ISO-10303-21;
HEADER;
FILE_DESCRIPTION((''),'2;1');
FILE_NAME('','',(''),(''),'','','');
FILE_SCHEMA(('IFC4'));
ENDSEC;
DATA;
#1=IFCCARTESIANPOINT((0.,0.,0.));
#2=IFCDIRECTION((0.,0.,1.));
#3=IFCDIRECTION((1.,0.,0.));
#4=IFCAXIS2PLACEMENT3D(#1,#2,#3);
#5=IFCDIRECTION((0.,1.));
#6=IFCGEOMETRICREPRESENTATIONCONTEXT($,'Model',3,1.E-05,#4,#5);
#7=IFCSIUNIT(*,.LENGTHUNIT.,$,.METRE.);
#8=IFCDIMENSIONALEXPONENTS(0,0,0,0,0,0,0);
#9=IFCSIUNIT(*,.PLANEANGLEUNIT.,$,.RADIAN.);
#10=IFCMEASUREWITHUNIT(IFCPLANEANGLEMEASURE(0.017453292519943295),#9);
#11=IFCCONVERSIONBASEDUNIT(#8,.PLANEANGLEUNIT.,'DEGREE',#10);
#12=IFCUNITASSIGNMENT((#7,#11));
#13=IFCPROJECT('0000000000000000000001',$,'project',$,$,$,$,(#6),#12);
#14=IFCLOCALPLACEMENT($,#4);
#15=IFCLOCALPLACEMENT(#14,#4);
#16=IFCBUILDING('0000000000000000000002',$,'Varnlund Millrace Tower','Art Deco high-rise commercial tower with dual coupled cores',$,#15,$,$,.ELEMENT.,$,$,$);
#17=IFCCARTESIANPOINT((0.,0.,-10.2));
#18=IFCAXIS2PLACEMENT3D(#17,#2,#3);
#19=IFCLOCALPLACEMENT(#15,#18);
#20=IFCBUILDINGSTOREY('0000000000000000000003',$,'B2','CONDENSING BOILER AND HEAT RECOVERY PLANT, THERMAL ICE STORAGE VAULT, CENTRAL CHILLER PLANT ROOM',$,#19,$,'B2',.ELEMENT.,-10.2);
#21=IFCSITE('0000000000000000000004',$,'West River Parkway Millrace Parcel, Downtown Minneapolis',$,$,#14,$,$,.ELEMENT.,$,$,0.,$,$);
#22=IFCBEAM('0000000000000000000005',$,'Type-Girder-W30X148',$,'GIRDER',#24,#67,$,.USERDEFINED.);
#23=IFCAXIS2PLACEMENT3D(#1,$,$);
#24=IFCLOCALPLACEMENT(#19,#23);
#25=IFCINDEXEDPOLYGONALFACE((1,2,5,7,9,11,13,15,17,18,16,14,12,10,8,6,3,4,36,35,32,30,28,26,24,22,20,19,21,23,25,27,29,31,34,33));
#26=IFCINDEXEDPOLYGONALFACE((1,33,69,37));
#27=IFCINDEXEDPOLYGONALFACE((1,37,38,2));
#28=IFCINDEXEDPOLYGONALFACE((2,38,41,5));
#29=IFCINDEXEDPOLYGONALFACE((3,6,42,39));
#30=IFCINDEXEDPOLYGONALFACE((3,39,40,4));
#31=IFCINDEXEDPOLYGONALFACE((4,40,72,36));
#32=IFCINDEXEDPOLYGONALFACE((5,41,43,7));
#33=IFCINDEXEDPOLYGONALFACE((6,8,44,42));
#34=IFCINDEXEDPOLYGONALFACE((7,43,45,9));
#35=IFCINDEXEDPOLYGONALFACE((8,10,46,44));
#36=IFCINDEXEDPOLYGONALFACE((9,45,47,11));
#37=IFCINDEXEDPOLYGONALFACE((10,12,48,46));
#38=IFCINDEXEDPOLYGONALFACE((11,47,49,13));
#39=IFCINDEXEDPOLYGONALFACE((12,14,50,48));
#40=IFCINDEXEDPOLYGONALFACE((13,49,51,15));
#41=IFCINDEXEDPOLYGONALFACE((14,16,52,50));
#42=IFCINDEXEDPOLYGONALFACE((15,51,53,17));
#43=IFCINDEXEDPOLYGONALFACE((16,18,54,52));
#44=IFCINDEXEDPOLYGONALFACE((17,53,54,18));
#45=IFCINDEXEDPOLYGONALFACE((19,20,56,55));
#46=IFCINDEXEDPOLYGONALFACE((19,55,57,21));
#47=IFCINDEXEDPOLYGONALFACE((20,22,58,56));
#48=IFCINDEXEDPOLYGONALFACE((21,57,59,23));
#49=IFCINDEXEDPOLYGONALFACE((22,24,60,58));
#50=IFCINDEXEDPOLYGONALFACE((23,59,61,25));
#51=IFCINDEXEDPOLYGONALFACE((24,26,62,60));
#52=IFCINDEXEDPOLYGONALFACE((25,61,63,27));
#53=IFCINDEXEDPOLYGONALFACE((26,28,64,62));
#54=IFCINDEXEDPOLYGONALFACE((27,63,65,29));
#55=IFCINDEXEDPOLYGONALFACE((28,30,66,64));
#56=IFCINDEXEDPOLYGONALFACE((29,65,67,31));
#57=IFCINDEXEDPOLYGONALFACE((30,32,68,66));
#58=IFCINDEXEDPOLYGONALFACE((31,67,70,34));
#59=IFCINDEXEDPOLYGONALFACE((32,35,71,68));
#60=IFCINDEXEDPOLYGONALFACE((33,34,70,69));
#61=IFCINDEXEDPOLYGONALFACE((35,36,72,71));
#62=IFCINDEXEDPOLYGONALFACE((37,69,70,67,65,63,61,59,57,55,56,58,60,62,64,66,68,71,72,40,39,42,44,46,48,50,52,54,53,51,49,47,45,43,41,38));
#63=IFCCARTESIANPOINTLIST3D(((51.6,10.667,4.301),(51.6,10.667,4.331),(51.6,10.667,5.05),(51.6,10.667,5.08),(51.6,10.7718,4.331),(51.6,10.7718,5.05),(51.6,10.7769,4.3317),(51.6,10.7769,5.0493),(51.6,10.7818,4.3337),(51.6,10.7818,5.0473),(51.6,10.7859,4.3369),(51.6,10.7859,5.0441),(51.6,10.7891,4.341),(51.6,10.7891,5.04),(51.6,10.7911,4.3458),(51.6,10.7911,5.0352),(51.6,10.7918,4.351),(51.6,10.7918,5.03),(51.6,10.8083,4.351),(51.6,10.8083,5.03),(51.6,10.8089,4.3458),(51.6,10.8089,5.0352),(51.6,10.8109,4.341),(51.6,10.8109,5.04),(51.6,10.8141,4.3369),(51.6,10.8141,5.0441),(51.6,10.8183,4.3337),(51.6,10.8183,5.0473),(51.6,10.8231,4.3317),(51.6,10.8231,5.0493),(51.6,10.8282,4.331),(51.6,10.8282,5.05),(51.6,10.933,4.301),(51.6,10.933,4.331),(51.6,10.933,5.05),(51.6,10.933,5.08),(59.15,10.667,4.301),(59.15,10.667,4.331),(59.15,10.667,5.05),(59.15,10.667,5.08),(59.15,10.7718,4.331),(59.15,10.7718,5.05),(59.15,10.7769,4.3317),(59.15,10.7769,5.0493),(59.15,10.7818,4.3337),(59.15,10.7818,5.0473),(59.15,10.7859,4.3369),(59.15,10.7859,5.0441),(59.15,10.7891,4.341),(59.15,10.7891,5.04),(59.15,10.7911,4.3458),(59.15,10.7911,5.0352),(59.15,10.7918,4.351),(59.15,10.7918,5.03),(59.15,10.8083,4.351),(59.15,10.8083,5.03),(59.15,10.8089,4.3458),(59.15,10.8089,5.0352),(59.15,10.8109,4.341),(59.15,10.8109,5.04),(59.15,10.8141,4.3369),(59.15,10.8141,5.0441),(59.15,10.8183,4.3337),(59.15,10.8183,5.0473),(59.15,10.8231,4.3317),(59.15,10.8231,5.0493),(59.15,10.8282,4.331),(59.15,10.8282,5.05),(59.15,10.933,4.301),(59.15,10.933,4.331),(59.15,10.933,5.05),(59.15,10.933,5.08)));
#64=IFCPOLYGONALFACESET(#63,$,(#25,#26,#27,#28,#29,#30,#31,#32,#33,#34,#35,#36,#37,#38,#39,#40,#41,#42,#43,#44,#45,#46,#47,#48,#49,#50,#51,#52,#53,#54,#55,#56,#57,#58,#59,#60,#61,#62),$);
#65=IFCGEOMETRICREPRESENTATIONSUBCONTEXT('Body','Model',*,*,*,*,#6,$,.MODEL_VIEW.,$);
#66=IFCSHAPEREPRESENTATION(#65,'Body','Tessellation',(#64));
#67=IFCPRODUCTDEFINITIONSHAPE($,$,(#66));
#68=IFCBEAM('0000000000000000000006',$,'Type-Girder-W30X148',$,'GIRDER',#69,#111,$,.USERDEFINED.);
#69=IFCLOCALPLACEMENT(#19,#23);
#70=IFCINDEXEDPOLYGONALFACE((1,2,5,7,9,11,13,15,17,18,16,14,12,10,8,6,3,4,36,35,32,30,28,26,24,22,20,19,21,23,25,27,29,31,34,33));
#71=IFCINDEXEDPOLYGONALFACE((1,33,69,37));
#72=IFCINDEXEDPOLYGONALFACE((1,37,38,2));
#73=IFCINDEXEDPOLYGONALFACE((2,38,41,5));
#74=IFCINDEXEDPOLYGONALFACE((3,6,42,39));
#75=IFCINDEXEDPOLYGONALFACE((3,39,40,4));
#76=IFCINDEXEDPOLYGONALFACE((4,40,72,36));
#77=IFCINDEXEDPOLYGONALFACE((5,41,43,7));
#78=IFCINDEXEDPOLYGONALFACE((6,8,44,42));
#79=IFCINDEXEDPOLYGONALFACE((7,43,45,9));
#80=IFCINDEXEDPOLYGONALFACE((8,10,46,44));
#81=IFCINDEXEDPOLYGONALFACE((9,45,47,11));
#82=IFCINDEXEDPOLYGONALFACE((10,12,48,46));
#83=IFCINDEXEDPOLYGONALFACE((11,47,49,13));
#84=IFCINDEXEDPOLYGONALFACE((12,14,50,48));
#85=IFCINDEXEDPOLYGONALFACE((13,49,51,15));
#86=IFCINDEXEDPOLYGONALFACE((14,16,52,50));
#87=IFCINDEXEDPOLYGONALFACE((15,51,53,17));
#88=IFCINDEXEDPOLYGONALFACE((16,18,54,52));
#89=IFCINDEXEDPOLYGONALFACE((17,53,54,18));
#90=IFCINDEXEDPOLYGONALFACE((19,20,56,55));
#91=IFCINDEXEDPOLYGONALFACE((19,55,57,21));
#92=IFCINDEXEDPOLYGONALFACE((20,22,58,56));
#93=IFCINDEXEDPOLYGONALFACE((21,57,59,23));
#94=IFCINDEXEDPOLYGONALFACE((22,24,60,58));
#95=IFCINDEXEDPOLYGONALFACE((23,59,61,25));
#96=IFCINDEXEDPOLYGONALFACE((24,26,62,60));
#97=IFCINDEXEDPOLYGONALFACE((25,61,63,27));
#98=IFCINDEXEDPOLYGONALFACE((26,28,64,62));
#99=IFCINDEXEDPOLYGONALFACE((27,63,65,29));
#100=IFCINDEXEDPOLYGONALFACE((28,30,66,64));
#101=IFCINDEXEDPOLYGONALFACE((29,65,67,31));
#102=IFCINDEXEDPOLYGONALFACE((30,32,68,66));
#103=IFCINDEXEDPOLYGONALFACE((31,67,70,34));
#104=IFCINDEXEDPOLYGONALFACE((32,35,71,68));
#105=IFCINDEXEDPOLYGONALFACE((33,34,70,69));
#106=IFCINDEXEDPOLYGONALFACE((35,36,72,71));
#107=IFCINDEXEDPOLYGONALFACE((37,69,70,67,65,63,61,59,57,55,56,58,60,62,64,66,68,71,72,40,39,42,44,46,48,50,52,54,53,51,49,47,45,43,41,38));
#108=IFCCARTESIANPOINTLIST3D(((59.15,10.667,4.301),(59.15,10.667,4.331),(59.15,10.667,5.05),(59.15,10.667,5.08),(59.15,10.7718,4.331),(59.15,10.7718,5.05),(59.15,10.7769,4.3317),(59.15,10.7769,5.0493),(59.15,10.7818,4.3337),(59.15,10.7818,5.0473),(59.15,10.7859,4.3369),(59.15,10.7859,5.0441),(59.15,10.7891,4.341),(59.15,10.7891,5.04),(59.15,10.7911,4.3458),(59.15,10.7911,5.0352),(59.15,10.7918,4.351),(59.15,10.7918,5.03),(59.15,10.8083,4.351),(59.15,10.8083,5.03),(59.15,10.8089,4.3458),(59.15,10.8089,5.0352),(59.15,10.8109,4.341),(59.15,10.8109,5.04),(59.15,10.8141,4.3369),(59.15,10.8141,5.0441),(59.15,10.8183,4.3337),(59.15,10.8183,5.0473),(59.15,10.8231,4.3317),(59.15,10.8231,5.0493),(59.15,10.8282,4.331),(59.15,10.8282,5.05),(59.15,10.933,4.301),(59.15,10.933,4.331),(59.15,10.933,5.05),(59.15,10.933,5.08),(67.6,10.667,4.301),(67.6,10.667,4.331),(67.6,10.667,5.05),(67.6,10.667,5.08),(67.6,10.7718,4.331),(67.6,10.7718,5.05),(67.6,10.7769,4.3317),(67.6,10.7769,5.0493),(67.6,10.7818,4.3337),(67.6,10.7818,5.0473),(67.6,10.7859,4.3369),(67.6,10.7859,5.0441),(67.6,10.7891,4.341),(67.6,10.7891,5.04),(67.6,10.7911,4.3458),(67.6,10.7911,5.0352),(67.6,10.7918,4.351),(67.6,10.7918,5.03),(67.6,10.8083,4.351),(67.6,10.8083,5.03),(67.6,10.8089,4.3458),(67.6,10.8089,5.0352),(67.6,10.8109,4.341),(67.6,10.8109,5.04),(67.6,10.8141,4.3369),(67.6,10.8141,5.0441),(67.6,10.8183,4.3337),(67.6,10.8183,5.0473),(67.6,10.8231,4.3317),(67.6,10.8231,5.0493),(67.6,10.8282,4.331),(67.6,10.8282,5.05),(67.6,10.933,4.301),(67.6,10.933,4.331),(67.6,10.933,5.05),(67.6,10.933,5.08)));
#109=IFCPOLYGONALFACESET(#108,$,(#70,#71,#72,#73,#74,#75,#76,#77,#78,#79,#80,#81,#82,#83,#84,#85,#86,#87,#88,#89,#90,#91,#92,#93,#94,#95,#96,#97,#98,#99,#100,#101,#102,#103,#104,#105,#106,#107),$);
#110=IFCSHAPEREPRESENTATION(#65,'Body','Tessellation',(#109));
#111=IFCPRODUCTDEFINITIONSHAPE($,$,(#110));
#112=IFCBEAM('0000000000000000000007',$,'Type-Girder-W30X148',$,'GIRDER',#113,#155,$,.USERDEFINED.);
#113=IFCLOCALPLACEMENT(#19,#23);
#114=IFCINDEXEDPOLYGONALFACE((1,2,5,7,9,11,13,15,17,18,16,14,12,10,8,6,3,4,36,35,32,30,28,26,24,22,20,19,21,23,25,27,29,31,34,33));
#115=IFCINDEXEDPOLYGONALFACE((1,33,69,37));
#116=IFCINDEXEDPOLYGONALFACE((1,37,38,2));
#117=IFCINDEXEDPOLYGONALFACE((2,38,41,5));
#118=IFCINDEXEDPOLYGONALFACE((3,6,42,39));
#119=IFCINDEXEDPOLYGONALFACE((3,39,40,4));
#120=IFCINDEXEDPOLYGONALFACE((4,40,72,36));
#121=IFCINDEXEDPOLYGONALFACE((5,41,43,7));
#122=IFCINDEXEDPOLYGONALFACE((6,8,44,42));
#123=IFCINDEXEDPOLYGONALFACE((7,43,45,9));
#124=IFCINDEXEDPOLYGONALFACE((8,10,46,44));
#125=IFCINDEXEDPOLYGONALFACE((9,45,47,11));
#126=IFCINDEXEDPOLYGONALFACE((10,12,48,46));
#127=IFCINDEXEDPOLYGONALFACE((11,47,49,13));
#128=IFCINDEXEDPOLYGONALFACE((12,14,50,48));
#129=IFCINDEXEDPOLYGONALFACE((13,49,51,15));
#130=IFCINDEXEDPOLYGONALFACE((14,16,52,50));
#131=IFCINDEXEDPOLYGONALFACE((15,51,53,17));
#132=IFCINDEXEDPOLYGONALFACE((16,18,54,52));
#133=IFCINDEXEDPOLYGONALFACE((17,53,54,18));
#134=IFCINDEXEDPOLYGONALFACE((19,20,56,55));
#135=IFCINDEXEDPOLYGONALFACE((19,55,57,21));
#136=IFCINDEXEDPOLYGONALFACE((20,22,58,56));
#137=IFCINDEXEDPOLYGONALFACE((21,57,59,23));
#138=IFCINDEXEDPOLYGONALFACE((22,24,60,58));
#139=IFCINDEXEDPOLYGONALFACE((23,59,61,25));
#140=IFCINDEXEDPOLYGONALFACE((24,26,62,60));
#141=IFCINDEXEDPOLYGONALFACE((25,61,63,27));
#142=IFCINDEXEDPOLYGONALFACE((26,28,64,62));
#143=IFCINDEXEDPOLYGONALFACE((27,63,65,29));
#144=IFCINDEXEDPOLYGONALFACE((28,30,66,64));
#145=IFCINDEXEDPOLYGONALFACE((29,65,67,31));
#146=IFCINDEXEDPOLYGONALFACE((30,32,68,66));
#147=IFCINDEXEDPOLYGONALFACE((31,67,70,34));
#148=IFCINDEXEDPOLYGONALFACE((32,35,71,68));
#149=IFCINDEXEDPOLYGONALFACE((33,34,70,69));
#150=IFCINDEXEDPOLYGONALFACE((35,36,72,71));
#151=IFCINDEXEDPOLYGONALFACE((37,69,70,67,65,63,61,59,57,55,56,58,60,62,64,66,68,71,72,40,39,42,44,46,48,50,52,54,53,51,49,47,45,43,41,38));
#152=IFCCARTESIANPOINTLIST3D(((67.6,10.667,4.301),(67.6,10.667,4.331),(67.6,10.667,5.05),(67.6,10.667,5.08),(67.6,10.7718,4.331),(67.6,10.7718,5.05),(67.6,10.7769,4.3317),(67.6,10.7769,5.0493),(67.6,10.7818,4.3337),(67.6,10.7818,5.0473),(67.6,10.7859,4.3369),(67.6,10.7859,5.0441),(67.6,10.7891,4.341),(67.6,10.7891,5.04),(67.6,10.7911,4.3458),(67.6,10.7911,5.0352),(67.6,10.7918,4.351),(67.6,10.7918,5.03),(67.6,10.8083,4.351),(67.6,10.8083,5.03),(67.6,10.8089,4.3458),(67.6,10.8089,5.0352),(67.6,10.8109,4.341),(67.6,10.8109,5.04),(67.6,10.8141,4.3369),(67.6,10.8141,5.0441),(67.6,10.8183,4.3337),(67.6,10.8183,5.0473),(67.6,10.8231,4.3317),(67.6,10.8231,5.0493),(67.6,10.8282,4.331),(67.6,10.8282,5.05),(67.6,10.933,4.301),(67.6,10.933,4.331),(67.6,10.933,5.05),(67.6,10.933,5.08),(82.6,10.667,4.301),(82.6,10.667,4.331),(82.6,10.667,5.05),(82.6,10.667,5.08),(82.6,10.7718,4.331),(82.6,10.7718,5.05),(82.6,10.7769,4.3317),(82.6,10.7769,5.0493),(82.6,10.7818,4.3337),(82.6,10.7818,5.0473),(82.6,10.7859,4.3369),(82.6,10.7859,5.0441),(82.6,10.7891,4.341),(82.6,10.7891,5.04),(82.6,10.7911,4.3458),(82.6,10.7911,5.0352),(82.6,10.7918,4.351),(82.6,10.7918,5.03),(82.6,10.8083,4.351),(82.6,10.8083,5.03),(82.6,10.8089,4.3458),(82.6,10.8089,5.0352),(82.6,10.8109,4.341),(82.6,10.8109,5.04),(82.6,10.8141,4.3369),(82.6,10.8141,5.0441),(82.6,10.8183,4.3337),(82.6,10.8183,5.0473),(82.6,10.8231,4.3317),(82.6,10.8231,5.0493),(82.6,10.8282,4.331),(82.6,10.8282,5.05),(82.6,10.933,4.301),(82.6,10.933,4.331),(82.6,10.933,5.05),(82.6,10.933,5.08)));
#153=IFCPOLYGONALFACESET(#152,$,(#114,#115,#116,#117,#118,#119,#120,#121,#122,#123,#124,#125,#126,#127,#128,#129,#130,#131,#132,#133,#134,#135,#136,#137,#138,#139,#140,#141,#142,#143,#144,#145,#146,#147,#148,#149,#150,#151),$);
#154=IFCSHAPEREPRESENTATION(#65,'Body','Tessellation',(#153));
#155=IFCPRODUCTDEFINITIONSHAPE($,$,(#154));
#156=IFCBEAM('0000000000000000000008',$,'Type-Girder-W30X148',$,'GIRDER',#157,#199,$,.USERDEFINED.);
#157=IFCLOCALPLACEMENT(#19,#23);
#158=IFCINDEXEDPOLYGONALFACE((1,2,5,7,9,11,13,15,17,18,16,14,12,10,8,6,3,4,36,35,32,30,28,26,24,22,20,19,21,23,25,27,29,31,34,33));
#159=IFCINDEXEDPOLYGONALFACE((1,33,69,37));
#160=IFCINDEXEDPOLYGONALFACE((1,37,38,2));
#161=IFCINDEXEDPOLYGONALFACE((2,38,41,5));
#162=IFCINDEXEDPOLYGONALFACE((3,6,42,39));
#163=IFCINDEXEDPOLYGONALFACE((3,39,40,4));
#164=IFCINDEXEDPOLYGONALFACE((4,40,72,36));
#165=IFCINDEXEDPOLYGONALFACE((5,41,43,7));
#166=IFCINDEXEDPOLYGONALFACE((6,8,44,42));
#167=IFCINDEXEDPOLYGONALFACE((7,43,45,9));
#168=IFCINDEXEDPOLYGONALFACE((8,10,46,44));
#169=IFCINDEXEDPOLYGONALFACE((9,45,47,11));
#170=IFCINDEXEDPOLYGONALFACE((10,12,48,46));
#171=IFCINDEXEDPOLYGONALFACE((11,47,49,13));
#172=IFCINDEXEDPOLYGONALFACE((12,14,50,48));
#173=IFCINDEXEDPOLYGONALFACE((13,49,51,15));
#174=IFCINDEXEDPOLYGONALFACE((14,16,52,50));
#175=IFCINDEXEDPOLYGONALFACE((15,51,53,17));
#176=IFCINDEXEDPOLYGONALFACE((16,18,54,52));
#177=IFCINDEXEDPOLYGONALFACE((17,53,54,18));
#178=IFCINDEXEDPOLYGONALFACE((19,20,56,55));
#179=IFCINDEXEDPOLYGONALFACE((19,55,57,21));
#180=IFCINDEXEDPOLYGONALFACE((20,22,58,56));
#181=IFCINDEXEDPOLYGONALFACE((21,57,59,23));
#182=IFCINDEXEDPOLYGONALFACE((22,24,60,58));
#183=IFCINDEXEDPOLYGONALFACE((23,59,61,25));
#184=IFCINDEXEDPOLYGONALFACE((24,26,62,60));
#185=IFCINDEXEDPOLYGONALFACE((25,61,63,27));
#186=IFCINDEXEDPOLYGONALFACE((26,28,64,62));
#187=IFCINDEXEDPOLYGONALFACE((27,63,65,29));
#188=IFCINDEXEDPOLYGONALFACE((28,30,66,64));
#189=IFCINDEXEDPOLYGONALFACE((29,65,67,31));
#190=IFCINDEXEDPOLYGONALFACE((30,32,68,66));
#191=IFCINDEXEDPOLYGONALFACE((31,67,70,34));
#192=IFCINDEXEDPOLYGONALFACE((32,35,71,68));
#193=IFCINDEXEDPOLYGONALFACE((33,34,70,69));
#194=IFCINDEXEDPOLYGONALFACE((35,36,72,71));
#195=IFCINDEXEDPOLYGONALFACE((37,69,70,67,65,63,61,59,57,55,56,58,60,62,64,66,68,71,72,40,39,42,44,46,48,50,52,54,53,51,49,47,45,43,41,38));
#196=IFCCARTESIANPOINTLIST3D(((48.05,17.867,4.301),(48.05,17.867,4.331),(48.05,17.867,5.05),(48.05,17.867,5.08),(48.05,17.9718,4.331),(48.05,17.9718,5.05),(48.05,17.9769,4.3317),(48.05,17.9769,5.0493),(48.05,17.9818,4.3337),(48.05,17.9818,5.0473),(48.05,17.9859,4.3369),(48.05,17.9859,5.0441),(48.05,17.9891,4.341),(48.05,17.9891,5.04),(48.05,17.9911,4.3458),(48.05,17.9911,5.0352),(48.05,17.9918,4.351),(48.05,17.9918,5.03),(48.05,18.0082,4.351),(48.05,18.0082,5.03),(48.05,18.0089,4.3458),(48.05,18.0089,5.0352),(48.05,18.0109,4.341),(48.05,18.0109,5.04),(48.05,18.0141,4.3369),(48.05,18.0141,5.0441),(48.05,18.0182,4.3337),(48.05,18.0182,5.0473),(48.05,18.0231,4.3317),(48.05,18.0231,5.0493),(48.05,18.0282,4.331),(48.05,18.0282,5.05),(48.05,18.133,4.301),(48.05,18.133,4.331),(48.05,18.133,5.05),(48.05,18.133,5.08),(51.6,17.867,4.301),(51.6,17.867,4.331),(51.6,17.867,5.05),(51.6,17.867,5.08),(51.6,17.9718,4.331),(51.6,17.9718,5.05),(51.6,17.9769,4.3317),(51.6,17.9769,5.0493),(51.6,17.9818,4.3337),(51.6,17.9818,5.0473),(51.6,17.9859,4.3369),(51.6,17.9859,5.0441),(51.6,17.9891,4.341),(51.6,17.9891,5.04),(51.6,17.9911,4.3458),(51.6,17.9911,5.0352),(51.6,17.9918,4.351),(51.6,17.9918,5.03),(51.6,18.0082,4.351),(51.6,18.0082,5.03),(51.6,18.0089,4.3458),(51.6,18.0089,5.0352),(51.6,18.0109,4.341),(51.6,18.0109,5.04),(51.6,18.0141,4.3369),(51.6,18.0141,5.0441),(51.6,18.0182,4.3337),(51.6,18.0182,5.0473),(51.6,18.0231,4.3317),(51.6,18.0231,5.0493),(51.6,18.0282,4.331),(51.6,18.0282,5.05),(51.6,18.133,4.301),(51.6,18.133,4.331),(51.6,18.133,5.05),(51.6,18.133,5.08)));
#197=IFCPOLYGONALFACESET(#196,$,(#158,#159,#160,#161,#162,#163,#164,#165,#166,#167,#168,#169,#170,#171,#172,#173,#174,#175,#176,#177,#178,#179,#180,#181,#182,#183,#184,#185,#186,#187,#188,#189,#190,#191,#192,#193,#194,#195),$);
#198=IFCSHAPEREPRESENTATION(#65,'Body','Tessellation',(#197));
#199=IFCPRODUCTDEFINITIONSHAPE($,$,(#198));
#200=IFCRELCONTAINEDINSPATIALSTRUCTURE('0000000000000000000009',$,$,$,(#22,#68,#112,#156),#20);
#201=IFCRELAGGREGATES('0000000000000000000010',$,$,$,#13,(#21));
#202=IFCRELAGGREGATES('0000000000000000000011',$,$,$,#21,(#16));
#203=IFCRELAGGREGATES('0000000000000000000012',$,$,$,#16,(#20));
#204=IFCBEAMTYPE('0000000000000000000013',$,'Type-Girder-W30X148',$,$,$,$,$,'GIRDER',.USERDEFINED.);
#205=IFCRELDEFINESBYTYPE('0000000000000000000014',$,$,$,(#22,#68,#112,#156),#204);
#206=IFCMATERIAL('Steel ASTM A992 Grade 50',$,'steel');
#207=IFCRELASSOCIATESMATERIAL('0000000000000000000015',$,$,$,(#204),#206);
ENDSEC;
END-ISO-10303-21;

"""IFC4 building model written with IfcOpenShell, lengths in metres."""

from ifc_helpers import new_model, entity, si_unit, converted_unit, direction, frame, origin_with_axes, origin_2d_with_axis, place, context, subcontext, project, spatial, i_section, extrude, material, material_profile, profile_set, type_object, element, save


model = new_model("IFC4")

# Units and contexts
model_context = context("Model", 3, precision=1e-05, world=origin_with_axes(), true_north=direction((0.0, 1.0)))
body_context = subcontext(model_context, "Body", "Model", "MODEL_VIEW")
ifc_project = project(units=[si_unit("LENGTHUNIT", "METRE"), converted_unit("PLANEANGLEUNIT", "DEGREE", entity("IfcPlaneAngleMeasure", 0.017453292519943295), si_unit("PLANEANGLEUNIT", "RADIAN"), dimensions=[0, 0, 0, 0, 0, 0, 0])], contexts=[model_context])

# Site, building, storey
site_placement = place(None, origin_with_axes())
site = spatial("IfcSite", under=ifc_project, at=site_placement, Name="West River Parkway Millrace Parcel, Downtown Minneapolis", CompositionType="ELEMENT", RefElevation=0.0)
building_placement = place(site_placement, origin_with_axes())
building = spatial("IfcBuilding", under=site, at=building_placement, Name="Varnlund Millrace Tower", Description="Art Deco high-rise commercial tower with dual coupled cores", CompositionType="ELEMENT")
storey_placement = place(building_placement, frame((0.0, 0.0, -10.2), z_axis=(0.0, 0.0, 1.0), x_axis=(1.0, 0.0, 0.0)))
storey = spatial("IfcBuildingStorey", under=building, at=storey_placement, Name="B2", Description="CONDENSING BOILER AND HEAT RECOVERY PLANT, THERMAL ICE STORAGE VAULT, CENTRAL CHILLER PLANT ROOM", LongName="B2", CompositionType="ELEMENT", Elevation=-10.2)

# Beams
ifc_material_1 = material(Name="Steel ASTM A992 Grade 50", Category="steel")
ifc_material_profile_1 = material_profile(ifc_material_1, i_section(OverallWidth=0.266, OverallDepth=0.779, WebThickness=0.0165, FlangeThickness=0.03, FilletRadius=0.02, at=origin_2d_with_axis()), Name="Steel ASTM A992 Grade 50")
ifc_profile_set_1 = profile_set([ifc_material_profile_1], Name="Steel ASTM A992 Grade 50")
beam_type_1 = type_object("IfcBeamType", Name="Type-Girder-W30X148", ElementType="GIRDER", PredefinedType="USERDEFINED", material=ifc_profile_set_1)
beam_1_placement = place(storey_placement, frame((51.6, 10.8, 4.6905), z_axis=(1.0, 0.0, 0.0), x_axis=(0.0, 1.0, 0.0)))
element("IfcBeam", 1, at=beam_1_placement, inside=storey, type_object=beam_type_1, Name="Type-Girder-W30X148", ObjectType="GIRDER", PredefinedType="USERDEFINED", context=body_context, shape_type="SweptSolid", body=[
    extrude(i_section(OverallWidth=0.266, OverallDepth=0.779, WebThickness=0.0165, FlangeThickness=0.03, FilletRadius=0.02, at=origin_2d_with_axis()), origin_with_axes(), (0.0, 0.0, 1.0), 7.55),
])
beam_2_placement = place(storey_placement, frame((59.15, 10.8, 4.6905), z_axis=(1.0, 0.0, 0.0), x_axis=(0.0, 1.0, 0.0)))
element("IfcBeam", 2, at=beam_2_placement, inside=storey, type_object=beam_type_1, Name="Type-Girder-W30X148", ObjectType="GIRDER", PredefinedType="USERDEFINED", context=body_context, shape_type="SweptSolid", body=[
    extrude(i_section(OverallWidth=0.266, OverallDepth=0.779, WebThickness=0.0165, FlangeThickness=0.03, FilletRadius=0.02, at=origin_2d_with_axis()), origin_with_axes(), (0.0, 0.0, 1.0), 8.45),
])
beam_3_placement = place(storey_placement, frame((67.6, 10.8, 4.6905), z_axis=(1.0, 0.0, 0.0), x_axis=(0.0, 1.0, 0.0)))
element("IfcBeam", 3, at=beam_3_placement, inside=storey, type_object=beam_type_1, Name="Type-Girder-W30X148", ObjectType="GIRDER", PredefinedType="USERDEFINED", context=body_context, shape_type="SweptSolid", body=[
    extrude(i_section(OverallWidth=0.266, OverallDepth=0.779, WebThickness=0.0165, FlangeThickness=0.03, FilletRadius=0.02, at=origin_2d_with_axis()), origin_with_axes(), (0.0, 0.0, 1.0), 15.0),
])
beam_4_placement = place(storey_placement, frame((48.05, 18.0, 4.6905), z_axis=(1.0, 0.0, 0.0), x_axis=(0.0, 1.0, 0.0)))
element("IfcBeam", 4, at=beam_4_placement, inside=storey, type_object=beam_type_1, Name="Type-Girder-W30X148", ObjectType="GIRDER", PredefinedType="USERDEFINED", context=body_context, shape_type="SweptSolid", body=[
    extrude(i_section(OverallWidth=0.266, OverallDepth=0.779, WebThickness=0.0165, FlangeThickness=0.03, FilletRadius=0.02, at=origin_2d_with_axis()), origin_with_axes(), (0.0, 0.0, 1.0), 3.55),
])

save(model, "model.ifc")
